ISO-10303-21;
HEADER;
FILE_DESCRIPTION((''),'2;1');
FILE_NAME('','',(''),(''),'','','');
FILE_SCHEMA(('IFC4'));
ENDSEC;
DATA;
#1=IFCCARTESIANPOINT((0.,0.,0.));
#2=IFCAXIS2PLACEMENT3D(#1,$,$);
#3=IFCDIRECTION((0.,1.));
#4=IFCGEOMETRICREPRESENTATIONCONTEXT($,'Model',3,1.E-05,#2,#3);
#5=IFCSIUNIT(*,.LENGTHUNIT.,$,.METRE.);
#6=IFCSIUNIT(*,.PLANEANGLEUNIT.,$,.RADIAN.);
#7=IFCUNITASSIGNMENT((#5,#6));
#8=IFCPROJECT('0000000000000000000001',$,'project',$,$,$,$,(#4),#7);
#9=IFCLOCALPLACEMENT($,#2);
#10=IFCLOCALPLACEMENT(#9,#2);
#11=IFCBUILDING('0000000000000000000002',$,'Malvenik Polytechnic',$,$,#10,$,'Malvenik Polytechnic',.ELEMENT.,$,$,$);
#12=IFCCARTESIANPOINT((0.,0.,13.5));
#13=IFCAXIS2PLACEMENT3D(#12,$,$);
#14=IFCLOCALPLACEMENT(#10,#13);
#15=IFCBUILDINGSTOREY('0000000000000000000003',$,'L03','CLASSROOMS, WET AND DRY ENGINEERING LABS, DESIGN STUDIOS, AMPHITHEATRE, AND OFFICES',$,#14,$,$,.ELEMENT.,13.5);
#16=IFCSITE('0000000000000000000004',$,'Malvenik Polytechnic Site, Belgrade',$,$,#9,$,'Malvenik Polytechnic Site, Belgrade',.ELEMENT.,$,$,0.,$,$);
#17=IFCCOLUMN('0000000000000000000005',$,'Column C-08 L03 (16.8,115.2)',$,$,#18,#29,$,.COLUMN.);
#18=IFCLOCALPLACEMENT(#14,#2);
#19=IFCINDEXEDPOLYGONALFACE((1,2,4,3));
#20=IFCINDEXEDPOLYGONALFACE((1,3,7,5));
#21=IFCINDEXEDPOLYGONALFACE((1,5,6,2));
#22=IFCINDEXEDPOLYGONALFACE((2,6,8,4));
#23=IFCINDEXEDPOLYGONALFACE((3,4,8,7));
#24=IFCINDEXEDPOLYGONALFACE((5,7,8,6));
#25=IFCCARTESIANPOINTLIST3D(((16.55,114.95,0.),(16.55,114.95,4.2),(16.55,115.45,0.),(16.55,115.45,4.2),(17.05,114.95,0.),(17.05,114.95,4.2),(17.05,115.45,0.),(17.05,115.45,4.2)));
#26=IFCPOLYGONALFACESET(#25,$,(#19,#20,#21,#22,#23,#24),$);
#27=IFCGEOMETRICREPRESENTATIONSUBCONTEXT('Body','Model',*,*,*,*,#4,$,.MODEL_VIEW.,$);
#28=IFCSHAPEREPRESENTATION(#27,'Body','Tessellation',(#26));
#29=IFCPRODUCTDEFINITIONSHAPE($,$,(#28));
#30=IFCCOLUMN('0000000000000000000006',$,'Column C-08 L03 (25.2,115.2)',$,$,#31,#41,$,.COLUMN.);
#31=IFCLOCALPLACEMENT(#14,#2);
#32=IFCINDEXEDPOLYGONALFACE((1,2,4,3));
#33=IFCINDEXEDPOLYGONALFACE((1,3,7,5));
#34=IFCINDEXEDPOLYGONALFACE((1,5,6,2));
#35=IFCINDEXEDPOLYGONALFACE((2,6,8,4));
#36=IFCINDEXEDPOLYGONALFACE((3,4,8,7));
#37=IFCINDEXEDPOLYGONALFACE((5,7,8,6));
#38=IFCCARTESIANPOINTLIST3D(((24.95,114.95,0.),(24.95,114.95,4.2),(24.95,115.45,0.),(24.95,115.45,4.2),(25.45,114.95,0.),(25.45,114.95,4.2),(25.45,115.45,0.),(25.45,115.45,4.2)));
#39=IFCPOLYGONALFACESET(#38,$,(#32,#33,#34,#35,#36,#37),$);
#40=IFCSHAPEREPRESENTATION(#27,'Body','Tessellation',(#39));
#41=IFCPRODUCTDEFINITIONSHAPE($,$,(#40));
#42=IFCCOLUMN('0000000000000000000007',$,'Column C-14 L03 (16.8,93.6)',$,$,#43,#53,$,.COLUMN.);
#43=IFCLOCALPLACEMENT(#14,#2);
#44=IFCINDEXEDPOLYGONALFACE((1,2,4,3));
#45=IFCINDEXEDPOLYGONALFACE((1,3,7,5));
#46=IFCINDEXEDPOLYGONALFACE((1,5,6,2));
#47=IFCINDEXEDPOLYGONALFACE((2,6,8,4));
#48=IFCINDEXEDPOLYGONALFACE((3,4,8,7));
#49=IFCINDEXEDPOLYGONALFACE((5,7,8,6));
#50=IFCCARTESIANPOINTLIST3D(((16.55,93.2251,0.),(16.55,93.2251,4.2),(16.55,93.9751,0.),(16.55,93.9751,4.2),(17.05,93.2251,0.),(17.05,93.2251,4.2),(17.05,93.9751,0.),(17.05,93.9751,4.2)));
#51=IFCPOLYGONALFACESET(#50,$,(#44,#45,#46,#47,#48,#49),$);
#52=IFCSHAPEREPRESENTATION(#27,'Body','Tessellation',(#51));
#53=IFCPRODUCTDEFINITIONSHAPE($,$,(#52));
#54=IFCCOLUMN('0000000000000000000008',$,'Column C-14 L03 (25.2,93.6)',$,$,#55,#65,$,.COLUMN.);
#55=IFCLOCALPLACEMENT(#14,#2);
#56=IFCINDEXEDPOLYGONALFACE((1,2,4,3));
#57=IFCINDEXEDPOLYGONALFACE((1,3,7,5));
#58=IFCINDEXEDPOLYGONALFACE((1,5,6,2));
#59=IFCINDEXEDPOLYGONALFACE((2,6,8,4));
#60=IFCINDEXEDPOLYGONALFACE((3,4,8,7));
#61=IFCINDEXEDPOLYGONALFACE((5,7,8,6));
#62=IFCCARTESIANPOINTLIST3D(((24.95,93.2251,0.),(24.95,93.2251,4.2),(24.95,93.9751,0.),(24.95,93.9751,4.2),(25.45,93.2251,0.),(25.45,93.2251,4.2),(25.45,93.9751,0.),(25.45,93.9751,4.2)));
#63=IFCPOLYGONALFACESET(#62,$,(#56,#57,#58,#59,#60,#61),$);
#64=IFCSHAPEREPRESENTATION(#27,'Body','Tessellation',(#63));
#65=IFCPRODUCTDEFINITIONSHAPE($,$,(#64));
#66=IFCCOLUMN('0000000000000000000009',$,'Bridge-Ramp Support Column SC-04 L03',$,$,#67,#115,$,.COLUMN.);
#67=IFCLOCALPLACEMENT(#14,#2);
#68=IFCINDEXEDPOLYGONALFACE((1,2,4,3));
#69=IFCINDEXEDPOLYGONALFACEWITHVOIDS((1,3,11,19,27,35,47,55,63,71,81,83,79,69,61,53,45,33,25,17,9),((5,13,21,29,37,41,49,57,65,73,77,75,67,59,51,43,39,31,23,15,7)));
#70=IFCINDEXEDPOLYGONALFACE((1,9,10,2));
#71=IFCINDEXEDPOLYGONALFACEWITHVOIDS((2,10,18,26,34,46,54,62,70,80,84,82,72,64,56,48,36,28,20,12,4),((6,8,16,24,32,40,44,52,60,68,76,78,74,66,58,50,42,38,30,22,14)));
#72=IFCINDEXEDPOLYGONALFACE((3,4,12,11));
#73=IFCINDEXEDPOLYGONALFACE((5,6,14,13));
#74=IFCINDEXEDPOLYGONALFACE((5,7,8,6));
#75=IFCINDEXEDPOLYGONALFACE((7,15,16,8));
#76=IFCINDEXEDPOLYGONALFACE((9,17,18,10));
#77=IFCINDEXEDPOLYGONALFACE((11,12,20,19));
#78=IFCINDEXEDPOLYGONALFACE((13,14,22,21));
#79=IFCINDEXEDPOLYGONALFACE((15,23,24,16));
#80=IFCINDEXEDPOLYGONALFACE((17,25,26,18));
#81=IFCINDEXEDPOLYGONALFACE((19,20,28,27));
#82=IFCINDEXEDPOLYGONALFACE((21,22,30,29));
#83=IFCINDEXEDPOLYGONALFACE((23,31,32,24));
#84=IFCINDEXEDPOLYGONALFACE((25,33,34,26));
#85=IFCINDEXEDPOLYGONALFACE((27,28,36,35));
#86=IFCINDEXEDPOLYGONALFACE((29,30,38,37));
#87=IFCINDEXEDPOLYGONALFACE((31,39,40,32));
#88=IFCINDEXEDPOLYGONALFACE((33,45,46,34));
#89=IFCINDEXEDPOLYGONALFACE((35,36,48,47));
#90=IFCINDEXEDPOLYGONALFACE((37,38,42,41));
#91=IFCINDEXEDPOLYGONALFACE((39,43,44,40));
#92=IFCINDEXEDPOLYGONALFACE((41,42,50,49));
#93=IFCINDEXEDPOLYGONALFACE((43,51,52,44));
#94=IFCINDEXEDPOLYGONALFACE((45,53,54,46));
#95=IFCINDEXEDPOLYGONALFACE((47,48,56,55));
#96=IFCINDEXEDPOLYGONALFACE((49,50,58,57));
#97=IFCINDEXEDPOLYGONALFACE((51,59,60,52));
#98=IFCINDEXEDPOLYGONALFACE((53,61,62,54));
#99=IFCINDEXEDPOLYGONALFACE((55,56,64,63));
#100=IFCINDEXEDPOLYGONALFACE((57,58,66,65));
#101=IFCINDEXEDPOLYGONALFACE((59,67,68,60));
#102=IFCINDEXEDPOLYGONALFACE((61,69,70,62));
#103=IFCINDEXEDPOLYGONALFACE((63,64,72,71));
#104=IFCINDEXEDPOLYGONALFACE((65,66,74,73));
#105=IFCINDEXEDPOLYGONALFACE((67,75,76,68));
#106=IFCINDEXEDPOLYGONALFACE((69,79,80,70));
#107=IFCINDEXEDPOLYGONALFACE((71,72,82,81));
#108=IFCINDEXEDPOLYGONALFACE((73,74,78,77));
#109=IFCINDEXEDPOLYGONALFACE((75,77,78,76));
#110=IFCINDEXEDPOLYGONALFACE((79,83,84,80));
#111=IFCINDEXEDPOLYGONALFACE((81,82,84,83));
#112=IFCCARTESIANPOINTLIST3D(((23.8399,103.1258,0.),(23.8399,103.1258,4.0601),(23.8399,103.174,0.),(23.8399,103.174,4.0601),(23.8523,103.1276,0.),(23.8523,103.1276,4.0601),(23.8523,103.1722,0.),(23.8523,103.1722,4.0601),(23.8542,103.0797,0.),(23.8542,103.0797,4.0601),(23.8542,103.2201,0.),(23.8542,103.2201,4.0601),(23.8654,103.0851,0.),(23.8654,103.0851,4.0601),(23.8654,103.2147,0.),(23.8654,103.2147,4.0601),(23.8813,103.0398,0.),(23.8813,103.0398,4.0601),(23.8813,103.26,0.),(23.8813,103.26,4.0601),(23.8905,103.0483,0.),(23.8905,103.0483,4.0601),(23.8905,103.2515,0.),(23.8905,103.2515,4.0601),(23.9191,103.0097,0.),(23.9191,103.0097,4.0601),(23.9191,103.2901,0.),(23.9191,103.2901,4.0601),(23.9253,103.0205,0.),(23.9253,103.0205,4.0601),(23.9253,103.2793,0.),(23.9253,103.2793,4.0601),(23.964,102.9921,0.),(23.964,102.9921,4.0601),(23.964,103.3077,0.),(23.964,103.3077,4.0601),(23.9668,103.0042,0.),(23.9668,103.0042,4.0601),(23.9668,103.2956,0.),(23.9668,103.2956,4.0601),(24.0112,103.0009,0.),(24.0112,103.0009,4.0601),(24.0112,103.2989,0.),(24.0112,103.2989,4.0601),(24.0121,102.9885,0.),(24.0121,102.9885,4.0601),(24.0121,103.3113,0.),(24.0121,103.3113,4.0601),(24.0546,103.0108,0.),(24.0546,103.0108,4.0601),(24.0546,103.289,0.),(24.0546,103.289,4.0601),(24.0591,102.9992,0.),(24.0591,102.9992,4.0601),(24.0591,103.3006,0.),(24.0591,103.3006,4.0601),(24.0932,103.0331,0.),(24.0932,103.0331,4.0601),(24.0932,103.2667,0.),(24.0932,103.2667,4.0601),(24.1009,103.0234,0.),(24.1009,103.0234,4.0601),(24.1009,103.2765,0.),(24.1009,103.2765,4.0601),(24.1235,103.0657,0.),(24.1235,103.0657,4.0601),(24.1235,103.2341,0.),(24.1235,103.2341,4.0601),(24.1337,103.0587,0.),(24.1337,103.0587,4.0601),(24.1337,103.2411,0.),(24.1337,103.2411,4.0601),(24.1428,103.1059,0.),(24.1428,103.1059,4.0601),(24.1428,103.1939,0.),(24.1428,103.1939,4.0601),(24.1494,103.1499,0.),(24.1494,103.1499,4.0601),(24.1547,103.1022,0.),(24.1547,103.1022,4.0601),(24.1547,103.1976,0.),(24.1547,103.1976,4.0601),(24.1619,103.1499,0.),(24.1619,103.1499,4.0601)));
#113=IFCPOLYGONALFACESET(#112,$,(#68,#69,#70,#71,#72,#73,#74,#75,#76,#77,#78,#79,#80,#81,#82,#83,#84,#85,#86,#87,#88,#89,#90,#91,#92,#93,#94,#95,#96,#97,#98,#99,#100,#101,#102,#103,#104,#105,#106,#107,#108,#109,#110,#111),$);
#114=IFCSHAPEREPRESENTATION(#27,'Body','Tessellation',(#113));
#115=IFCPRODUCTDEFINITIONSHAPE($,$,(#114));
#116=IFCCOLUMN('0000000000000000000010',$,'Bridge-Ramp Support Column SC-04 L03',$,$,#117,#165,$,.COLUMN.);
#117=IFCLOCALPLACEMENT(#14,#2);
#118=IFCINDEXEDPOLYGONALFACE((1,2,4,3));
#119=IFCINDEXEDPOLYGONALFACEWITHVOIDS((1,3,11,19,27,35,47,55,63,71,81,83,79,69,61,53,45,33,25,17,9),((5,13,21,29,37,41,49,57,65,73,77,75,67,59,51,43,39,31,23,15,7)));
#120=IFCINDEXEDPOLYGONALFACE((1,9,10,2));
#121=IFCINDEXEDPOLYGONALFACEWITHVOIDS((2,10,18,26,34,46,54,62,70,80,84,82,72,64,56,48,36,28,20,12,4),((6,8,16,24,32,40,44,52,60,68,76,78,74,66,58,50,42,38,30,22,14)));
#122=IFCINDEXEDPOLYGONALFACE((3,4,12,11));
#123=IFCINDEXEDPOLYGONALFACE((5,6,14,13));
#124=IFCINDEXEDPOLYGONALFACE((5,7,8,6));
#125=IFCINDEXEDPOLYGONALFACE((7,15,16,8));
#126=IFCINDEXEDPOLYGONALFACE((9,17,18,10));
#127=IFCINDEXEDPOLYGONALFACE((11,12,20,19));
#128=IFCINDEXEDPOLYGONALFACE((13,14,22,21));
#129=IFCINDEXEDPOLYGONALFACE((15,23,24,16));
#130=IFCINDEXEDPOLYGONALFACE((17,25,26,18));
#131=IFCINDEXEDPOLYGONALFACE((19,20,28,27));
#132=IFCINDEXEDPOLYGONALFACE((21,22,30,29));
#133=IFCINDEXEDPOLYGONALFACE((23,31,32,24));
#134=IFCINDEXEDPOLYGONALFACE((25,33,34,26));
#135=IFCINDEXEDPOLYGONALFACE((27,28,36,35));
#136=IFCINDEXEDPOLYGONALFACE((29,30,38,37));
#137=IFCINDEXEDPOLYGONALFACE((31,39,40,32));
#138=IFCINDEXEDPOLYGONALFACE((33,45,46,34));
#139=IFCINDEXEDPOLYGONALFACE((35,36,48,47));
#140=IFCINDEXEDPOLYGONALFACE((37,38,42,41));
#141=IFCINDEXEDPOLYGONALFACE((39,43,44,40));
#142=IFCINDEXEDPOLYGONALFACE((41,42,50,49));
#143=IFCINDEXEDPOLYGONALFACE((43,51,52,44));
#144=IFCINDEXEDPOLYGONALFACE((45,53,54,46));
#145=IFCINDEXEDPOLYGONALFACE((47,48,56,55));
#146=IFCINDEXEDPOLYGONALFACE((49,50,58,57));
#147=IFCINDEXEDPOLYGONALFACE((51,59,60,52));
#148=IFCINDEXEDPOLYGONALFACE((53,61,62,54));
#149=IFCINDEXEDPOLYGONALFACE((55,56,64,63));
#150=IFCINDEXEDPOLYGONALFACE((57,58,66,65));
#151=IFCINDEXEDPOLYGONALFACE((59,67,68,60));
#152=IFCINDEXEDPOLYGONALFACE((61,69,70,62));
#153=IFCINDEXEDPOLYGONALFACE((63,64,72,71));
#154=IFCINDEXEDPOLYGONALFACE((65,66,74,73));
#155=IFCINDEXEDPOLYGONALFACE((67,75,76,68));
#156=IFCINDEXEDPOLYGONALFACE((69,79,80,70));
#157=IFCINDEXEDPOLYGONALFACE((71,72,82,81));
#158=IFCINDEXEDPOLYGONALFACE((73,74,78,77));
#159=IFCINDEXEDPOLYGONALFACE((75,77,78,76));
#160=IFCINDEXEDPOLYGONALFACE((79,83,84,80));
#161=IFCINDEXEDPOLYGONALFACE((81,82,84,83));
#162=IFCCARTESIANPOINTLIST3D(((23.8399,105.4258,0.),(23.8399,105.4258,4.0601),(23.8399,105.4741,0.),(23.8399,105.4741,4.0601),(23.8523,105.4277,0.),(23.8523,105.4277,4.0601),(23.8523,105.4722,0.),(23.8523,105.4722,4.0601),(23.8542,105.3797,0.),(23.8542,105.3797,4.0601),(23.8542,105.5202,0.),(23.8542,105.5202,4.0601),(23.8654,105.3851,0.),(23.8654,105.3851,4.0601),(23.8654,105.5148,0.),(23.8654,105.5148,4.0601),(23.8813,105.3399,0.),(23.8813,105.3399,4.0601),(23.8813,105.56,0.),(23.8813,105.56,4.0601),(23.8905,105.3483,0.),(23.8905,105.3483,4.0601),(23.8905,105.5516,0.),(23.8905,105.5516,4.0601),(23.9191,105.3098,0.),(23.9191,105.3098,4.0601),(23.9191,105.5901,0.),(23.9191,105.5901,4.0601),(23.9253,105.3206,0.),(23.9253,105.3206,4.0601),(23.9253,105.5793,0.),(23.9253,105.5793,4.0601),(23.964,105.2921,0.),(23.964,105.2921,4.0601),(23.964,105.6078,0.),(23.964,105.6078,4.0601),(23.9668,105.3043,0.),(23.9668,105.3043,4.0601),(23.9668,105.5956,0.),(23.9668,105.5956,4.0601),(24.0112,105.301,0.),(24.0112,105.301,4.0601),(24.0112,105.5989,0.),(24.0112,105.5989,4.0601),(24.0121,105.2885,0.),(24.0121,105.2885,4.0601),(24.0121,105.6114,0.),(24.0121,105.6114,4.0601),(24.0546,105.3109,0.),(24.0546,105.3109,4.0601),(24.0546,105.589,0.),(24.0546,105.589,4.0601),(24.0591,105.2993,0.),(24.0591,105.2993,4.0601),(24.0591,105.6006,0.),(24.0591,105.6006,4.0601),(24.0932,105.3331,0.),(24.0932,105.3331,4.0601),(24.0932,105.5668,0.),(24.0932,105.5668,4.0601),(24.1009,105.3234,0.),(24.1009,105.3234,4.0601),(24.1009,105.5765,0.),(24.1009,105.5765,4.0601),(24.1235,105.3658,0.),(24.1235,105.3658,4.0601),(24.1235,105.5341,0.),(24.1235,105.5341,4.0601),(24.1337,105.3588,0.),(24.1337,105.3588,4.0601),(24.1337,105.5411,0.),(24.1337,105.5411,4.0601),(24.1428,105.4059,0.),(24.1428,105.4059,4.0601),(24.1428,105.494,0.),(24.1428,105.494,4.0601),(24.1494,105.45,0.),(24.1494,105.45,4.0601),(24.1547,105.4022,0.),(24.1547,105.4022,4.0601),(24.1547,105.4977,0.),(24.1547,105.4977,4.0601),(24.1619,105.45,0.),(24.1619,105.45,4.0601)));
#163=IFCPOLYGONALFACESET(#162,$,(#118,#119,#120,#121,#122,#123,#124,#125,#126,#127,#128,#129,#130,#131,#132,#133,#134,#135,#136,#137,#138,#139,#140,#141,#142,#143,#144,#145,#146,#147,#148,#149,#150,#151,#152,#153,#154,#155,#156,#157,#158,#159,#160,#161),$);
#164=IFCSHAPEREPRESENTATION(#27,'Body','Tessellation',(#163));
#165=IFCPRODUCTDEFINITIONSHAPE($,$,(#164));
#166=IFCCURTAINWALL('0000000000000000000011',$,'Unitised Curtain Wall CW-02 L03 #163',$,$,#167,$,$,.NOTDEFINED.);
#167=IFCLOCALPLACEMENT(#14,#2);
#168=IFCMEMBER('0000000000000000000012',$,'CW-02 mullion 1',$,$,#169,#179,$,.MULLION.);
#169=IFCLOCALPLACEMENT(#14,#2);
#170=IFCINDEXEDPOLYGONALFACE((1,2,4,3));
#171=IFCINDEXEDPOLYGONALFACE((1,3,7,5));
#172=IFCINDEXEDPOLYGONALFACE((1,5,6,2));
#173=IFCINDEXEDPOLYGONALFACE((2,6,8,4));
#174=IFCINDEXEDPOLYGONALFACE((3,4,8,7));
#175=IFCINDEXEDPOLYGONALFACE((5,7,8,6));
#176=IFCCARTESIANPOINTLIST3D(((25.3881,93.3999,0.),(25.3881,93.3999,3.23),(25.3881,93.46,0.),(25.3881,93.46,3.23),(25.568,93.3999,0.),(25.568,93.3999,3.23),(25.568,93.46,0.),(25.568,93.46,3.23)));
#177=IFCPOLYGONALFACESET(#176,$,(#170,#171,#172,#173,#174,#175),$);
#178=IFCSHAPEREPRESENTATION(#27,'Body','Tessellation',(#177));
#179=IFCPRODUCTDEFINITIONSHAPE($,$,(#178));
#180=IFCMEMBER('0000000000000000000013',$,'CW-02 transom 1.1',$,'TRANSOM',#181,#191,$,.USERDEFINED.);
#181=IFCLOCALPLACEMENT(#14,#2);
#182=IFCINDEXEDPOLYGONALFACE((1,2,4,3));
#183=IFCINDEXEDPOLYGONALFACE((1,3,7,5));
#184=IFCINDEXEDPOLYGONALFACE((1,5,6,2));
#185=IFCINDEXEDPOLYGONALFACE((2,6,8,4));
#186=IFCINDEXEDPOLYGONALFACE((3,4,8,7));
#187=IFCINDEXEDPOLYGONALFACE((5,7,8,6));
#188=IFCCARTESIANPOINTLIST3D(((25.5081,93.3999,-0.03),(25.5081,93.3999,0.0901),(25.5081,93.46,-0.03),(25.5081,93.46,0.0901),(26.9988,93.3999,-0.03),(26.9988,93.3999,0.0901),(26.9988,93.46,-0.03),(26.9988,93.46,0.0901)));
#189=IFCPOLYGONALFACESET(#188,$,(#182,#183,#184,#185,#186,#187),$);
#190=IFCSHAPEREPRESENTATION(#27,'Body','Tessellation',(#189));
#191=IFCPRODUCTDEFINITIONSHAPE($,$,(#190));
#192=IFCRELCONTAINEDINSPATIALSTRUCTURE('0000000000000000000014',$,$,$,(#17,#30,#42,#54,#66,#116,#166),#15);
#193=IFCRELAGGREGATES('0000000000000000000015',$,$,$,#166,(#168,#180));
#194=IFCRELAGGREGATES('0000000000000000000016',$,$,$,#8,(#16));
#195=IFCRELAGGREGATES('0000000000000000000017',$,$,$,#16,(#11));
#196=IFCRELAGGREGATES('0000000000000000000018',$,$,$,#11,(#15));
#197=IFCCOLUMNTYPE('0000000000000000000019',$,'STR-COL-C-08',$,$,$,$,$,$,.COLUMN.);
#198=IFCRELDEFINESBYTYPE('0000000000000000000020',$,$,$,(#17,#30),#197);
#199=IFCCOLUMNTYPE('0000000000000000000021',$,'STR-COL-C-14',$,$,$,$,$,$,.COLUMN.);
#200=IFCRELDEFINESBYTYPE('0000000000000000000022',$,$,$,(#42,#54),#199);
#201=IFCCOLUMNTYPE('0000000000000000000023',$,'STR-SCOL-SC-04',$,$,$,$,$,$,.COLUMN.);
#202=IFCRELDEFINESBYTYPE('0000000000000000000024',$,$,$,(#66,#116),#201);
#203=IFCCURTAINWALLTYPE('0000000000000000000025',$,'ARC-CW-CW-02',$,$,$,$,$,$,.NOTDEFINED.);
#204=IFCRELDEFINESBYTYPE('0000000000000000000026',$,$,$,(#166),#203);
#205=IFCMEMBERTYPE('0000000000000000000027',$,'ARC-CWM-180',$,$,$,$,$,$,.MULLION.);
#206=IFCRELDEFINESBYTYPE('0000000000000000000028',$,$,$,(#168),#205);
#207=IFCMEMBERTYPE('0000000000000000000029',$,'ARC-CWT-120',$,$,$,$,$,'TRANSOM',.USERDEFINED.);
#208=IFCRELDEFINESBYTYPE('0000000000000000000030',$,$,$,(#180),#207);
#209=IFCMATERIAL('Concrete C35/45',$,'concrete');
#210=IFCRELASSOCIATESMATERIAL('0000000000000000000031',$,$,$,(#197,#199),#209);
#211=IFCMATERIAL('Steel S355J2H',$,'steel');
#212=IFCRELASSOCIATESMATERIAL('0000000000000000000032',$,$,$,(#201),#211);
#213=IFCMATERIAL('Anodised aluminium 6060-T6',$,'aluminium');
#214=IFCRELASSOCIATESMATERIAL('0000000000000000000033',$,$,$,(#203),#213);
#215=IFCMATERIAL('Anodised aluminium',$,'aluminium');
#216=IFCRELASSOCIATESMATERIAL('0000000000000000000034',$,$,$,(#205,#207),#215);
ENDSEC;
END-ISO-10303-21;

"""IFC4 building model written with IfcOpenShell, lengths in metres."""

from ifc_helpers import new_model, si_unit, direction, frame, origin, origin_2d, place, context, subcontext, project, spatial, rectangle, hollow_circle, extrude, material, material_profile, profile_set, type_object, element, aggregate, save


model = new_model("IFC4")

# Units and contexts
model_context = context("Model", 3, precision=1e-05, world=origin(), true_north=direction((0.0, 1.0)))
body_context = subcontext(model_context, "Body", "Model", "MODEL_VIEW")
ifc_project = project(units=[si_unit("LENGTHUNIT", "METRE"), si_unit("PLANEANGLEUNIT", "RADIAN")], contexts=[model_context])

# Site, building, storey
site_placement = place(None, origin())
site = spatial("IfcSite", under=ifc_project, at=site_placement, Name="Malvenik Polytechnic Site, Belgrade", LongName="Malvenik Polytechnic Site, Belgrade", CompositionType="ELEMENT", RefElevation=0.0)
building_placement = place(site_placement, origin())
building = spatial("IfcBuilding", under=site, at=building_placement, Name="Malvenik Polytechnic", LongName="Malvenik Polytechnic", CompositionType="ELEMENT")
storey_placement = place(building_placement, frame((0.0, 0.0, 13.5)))
storey = spatial("IfcBuildingStorey", under=building, at=storey_placement, Name="L03", Description="CLASSROOMS, WET AND DRY ENGINEERING LABS, DESIGN STUDIOS, AMPHITHEATRE, AND OFFICES", CompositionType="ELEMENT", Elevation=13.5)

# Columns
ifc_material_1 = material(Name="Concrete C35/45", Category="concrete")
ifc_material_profile_1 = material_profile(ifc_material_1, rectangle(XDim=0.5, YDim=0.5, at=origin_2d()), Name="RC COL 500x500")
ifc_profile_set_1 = profile_set([ifc_material_profile_1], Name="Concrete C35/45")
column_type_1 = type_object("IfcColumnType", Name="STR-COL-C-08", PredefinedType="COLUMN", material=ifc_profile_set_1)
for number, where, z_axis, x_axis, name in (
    (1, (16.8, 115.2, 0.0), (0.0, 0.0, 1.0), (1.0, 0.0, 0.0), "Column C-08 L03 (16.8,115.2)"),
    (2, (25.2, 115.2, 0.0), (0.0, 0.0, 1.0), (1.0, 0.0, 0.0), "Column C-08 L03 (25.2,115.2)"),
):
    element("IfcColumn", number, at=place(storey_placement, frame(where, z_axis=z_axis, x_axis=x_axis)), inside=storey, type_object=column_type_1, Name=name, PredefinedType="COLUMN", context=body_context, shape_type="SweptSolid", body=[
        extrude(rectangle(XDim=0.5, YDim=0.5, at=origin_2d()), origin(), (0.0, 0.0, 1.0), 4.2),
    ])
ifc_material_profile_2 = material_profile(ifc_material_1, rectangle(XDim=0.5, YDim=0.75, at=origin_2d()), Name="RC COL 750x500")
ifc_profile_set_2 = profile_set([ifc_material_profile_2], Name="Concrete C35/45")
column_type_2 = type_object("IfcColumnType", Name="STR-COL-C-14", PredefinedType="COLUMN", material=ifc_profile_set_2)
for number, where, z_axis, x_axis, name in (
    (3, (16.8, 93.6001, 0.0), (0.0, 0.0, 1.0), (1.0, 0.0, 0.0), "Column C-14 L03 (16.8,93.6)"),
    (4, (25.2, 93.6001, 0.0), (0.0, 0.0, 1.0), (1.0, 0.0, 0.0), "Column C-14 L03 (25.2,93.6)"),
):
    element("IfcColumn", number, at=place(storey_placement, frame(where, z_axis=z_axis, x_axis=x_axis)), inside=storey, type_object=column_type_2, Name=name, PredefinedType="COLUMN", context=body_context, shape_type="SweptSolid", body=[
        extrude(rectangle(XDim=0.5, YDim=0.75, at=origin_2d()), origin(), (0.0, 0.0, 1.0), 4.2),
    ])
ifc_material_2 = material(Name="Steel S355J2H", Category="steel")
ifc_material_profile_3 = material_profile(ifc_material_2, hollow_circle(Radius=0.1619, WallThickness=0.0125, at=origin_2d()), Name="CHS 323.9x12.5")
ifc_profile_set_3 = profile_set([ifc_material_profile_3], Name="Steel S355J2H")
column_type_3 = type_object("IfcColumnType", Name="STR-SCOL-SC-04", PredefinedType="COLUMN", material=ifc_profile_set_3)
for number, where, z_axis, x_axis, name in (
    (5, (24.0, 103.1499, 0.0), (0.0, 0.0, 1.0), (1.0, 0.0, 0.0), "Bridge-Ramp Support Column SC-04 L03"),
    (6, (24.0, 105.45, 0.0), (0.0, 0.0, 1.0), (1.0, 0.0, 0.0), "Bridge-Ramp Support Column SC-04 L03"),
):
    element("IfcColumn", number, at=place(storey_placement, frame(where, z_axis=z_axis, x_axis=x_axis)), inside=storey, type_object=column_type_3, Name=name, PredefinedType="COLUMN", context=body_context, shape_type="SweptSolid", body=[
        extrude(hollow_circle(Radius=0.1619, WallThickness=0.0125, at=origin_2d()), origin(), (0.0, 0.0, 1.0), 4.0601),
    ])

# Curtain wall, members
ifc_material_3 = material(Name="Anodised aluminium 6060-T6", Category="aluminium")
curtain_wall_type = type_object("IfcCurtainWallType", Name="ARC-CW-CW-02", PredefinedType="NOTDEFINED", material=ifc_material_3)
curtain_wall_placement = place(storey_placement, origin())
curtain_wall = element("IfcCurtainWall", 7, at=curtain_wall_placement, inside=storey, type_object=curtain_wall_type, Name="Unitised Curtain Wall CW-02 L03 #163", PredefinedType="NOTDEFINED")
ifc_material_4 = material(Name="Anodised aluminium", Category="aluminium")
ifc_material_profile_4 = material_profile(ifc_material_4, rectangle(XDim=0.0601, YDim=0.1799, at=origin_2d()), Name="ALU MULLION 60x180")
ifc_profile_set_4 = profile_set([ifc_material_profile_4], Name="Anodised aluminium")
member_type_1 = type_object("IfcMemberType", Name="ARC-CWM-180", PredefinedType="MULLION", material=ifc_profile_set_4)
member_1_placement = place(storey_placement, frame((25.478, 93.4299, 0.0), z_axis=(0.0, 0.0, 1.0), x_axis=(0.0, 1.0, 0.0)))
member_1 = element("IfcMember", 8, at=member_1_placement, type_object=member_type_1, Name="CW-02 mullion 1", PredefinedType="MULLION", context=body_context, shape_type="SweptSolid", body=[
    extrude(rectangle(XDim=0.0601, YDim=0.1799, at=origin_2d()), origin(), (0.0, 0.0, 1.0), 3.23),
])
ifc_material_profile_5 = material_profile(ifc_material_4, rectangle(XDim=0.0601, YDim=0.1201, at=origin_2d()), Name="ALU TRANSOM 60x120")
ifc_profile_set_5 = profile_set([ifc_material_profile_5], Name="Anodised aluminium")
member_type_2 = type_object("IfcMemberType", Name="ARC-CWT-120", ElementType="TRANSOM", PredefinedType="USERDEFINED", material=ifc_profile_set_5)
member_2_placement = place(storey_placement, frame((25.5081, 93.4299, 0.03), z_axis=(1.0, 0.0, 0.0), x_axis=(0.0, 1.0, 0.0)))
member_2 = element("IfcMember", 9, at=member_2_placement, type_object=member_type_2, Name="CW-02 transom 1.1", ObjectType="TRANSOM", PredefinedType="USERDEFINED", context=body_context, shape_type="SweptSolid", body=[
    extrude(rectangle(XDim=0.0601, YDim=0.1201, at=origin_2d()), origin(), (0.0, 0.0, 1.0), 1.4907),
])
aggregate(curtain_wall, [member_1, member_2])

save(model, "model.ifc")
